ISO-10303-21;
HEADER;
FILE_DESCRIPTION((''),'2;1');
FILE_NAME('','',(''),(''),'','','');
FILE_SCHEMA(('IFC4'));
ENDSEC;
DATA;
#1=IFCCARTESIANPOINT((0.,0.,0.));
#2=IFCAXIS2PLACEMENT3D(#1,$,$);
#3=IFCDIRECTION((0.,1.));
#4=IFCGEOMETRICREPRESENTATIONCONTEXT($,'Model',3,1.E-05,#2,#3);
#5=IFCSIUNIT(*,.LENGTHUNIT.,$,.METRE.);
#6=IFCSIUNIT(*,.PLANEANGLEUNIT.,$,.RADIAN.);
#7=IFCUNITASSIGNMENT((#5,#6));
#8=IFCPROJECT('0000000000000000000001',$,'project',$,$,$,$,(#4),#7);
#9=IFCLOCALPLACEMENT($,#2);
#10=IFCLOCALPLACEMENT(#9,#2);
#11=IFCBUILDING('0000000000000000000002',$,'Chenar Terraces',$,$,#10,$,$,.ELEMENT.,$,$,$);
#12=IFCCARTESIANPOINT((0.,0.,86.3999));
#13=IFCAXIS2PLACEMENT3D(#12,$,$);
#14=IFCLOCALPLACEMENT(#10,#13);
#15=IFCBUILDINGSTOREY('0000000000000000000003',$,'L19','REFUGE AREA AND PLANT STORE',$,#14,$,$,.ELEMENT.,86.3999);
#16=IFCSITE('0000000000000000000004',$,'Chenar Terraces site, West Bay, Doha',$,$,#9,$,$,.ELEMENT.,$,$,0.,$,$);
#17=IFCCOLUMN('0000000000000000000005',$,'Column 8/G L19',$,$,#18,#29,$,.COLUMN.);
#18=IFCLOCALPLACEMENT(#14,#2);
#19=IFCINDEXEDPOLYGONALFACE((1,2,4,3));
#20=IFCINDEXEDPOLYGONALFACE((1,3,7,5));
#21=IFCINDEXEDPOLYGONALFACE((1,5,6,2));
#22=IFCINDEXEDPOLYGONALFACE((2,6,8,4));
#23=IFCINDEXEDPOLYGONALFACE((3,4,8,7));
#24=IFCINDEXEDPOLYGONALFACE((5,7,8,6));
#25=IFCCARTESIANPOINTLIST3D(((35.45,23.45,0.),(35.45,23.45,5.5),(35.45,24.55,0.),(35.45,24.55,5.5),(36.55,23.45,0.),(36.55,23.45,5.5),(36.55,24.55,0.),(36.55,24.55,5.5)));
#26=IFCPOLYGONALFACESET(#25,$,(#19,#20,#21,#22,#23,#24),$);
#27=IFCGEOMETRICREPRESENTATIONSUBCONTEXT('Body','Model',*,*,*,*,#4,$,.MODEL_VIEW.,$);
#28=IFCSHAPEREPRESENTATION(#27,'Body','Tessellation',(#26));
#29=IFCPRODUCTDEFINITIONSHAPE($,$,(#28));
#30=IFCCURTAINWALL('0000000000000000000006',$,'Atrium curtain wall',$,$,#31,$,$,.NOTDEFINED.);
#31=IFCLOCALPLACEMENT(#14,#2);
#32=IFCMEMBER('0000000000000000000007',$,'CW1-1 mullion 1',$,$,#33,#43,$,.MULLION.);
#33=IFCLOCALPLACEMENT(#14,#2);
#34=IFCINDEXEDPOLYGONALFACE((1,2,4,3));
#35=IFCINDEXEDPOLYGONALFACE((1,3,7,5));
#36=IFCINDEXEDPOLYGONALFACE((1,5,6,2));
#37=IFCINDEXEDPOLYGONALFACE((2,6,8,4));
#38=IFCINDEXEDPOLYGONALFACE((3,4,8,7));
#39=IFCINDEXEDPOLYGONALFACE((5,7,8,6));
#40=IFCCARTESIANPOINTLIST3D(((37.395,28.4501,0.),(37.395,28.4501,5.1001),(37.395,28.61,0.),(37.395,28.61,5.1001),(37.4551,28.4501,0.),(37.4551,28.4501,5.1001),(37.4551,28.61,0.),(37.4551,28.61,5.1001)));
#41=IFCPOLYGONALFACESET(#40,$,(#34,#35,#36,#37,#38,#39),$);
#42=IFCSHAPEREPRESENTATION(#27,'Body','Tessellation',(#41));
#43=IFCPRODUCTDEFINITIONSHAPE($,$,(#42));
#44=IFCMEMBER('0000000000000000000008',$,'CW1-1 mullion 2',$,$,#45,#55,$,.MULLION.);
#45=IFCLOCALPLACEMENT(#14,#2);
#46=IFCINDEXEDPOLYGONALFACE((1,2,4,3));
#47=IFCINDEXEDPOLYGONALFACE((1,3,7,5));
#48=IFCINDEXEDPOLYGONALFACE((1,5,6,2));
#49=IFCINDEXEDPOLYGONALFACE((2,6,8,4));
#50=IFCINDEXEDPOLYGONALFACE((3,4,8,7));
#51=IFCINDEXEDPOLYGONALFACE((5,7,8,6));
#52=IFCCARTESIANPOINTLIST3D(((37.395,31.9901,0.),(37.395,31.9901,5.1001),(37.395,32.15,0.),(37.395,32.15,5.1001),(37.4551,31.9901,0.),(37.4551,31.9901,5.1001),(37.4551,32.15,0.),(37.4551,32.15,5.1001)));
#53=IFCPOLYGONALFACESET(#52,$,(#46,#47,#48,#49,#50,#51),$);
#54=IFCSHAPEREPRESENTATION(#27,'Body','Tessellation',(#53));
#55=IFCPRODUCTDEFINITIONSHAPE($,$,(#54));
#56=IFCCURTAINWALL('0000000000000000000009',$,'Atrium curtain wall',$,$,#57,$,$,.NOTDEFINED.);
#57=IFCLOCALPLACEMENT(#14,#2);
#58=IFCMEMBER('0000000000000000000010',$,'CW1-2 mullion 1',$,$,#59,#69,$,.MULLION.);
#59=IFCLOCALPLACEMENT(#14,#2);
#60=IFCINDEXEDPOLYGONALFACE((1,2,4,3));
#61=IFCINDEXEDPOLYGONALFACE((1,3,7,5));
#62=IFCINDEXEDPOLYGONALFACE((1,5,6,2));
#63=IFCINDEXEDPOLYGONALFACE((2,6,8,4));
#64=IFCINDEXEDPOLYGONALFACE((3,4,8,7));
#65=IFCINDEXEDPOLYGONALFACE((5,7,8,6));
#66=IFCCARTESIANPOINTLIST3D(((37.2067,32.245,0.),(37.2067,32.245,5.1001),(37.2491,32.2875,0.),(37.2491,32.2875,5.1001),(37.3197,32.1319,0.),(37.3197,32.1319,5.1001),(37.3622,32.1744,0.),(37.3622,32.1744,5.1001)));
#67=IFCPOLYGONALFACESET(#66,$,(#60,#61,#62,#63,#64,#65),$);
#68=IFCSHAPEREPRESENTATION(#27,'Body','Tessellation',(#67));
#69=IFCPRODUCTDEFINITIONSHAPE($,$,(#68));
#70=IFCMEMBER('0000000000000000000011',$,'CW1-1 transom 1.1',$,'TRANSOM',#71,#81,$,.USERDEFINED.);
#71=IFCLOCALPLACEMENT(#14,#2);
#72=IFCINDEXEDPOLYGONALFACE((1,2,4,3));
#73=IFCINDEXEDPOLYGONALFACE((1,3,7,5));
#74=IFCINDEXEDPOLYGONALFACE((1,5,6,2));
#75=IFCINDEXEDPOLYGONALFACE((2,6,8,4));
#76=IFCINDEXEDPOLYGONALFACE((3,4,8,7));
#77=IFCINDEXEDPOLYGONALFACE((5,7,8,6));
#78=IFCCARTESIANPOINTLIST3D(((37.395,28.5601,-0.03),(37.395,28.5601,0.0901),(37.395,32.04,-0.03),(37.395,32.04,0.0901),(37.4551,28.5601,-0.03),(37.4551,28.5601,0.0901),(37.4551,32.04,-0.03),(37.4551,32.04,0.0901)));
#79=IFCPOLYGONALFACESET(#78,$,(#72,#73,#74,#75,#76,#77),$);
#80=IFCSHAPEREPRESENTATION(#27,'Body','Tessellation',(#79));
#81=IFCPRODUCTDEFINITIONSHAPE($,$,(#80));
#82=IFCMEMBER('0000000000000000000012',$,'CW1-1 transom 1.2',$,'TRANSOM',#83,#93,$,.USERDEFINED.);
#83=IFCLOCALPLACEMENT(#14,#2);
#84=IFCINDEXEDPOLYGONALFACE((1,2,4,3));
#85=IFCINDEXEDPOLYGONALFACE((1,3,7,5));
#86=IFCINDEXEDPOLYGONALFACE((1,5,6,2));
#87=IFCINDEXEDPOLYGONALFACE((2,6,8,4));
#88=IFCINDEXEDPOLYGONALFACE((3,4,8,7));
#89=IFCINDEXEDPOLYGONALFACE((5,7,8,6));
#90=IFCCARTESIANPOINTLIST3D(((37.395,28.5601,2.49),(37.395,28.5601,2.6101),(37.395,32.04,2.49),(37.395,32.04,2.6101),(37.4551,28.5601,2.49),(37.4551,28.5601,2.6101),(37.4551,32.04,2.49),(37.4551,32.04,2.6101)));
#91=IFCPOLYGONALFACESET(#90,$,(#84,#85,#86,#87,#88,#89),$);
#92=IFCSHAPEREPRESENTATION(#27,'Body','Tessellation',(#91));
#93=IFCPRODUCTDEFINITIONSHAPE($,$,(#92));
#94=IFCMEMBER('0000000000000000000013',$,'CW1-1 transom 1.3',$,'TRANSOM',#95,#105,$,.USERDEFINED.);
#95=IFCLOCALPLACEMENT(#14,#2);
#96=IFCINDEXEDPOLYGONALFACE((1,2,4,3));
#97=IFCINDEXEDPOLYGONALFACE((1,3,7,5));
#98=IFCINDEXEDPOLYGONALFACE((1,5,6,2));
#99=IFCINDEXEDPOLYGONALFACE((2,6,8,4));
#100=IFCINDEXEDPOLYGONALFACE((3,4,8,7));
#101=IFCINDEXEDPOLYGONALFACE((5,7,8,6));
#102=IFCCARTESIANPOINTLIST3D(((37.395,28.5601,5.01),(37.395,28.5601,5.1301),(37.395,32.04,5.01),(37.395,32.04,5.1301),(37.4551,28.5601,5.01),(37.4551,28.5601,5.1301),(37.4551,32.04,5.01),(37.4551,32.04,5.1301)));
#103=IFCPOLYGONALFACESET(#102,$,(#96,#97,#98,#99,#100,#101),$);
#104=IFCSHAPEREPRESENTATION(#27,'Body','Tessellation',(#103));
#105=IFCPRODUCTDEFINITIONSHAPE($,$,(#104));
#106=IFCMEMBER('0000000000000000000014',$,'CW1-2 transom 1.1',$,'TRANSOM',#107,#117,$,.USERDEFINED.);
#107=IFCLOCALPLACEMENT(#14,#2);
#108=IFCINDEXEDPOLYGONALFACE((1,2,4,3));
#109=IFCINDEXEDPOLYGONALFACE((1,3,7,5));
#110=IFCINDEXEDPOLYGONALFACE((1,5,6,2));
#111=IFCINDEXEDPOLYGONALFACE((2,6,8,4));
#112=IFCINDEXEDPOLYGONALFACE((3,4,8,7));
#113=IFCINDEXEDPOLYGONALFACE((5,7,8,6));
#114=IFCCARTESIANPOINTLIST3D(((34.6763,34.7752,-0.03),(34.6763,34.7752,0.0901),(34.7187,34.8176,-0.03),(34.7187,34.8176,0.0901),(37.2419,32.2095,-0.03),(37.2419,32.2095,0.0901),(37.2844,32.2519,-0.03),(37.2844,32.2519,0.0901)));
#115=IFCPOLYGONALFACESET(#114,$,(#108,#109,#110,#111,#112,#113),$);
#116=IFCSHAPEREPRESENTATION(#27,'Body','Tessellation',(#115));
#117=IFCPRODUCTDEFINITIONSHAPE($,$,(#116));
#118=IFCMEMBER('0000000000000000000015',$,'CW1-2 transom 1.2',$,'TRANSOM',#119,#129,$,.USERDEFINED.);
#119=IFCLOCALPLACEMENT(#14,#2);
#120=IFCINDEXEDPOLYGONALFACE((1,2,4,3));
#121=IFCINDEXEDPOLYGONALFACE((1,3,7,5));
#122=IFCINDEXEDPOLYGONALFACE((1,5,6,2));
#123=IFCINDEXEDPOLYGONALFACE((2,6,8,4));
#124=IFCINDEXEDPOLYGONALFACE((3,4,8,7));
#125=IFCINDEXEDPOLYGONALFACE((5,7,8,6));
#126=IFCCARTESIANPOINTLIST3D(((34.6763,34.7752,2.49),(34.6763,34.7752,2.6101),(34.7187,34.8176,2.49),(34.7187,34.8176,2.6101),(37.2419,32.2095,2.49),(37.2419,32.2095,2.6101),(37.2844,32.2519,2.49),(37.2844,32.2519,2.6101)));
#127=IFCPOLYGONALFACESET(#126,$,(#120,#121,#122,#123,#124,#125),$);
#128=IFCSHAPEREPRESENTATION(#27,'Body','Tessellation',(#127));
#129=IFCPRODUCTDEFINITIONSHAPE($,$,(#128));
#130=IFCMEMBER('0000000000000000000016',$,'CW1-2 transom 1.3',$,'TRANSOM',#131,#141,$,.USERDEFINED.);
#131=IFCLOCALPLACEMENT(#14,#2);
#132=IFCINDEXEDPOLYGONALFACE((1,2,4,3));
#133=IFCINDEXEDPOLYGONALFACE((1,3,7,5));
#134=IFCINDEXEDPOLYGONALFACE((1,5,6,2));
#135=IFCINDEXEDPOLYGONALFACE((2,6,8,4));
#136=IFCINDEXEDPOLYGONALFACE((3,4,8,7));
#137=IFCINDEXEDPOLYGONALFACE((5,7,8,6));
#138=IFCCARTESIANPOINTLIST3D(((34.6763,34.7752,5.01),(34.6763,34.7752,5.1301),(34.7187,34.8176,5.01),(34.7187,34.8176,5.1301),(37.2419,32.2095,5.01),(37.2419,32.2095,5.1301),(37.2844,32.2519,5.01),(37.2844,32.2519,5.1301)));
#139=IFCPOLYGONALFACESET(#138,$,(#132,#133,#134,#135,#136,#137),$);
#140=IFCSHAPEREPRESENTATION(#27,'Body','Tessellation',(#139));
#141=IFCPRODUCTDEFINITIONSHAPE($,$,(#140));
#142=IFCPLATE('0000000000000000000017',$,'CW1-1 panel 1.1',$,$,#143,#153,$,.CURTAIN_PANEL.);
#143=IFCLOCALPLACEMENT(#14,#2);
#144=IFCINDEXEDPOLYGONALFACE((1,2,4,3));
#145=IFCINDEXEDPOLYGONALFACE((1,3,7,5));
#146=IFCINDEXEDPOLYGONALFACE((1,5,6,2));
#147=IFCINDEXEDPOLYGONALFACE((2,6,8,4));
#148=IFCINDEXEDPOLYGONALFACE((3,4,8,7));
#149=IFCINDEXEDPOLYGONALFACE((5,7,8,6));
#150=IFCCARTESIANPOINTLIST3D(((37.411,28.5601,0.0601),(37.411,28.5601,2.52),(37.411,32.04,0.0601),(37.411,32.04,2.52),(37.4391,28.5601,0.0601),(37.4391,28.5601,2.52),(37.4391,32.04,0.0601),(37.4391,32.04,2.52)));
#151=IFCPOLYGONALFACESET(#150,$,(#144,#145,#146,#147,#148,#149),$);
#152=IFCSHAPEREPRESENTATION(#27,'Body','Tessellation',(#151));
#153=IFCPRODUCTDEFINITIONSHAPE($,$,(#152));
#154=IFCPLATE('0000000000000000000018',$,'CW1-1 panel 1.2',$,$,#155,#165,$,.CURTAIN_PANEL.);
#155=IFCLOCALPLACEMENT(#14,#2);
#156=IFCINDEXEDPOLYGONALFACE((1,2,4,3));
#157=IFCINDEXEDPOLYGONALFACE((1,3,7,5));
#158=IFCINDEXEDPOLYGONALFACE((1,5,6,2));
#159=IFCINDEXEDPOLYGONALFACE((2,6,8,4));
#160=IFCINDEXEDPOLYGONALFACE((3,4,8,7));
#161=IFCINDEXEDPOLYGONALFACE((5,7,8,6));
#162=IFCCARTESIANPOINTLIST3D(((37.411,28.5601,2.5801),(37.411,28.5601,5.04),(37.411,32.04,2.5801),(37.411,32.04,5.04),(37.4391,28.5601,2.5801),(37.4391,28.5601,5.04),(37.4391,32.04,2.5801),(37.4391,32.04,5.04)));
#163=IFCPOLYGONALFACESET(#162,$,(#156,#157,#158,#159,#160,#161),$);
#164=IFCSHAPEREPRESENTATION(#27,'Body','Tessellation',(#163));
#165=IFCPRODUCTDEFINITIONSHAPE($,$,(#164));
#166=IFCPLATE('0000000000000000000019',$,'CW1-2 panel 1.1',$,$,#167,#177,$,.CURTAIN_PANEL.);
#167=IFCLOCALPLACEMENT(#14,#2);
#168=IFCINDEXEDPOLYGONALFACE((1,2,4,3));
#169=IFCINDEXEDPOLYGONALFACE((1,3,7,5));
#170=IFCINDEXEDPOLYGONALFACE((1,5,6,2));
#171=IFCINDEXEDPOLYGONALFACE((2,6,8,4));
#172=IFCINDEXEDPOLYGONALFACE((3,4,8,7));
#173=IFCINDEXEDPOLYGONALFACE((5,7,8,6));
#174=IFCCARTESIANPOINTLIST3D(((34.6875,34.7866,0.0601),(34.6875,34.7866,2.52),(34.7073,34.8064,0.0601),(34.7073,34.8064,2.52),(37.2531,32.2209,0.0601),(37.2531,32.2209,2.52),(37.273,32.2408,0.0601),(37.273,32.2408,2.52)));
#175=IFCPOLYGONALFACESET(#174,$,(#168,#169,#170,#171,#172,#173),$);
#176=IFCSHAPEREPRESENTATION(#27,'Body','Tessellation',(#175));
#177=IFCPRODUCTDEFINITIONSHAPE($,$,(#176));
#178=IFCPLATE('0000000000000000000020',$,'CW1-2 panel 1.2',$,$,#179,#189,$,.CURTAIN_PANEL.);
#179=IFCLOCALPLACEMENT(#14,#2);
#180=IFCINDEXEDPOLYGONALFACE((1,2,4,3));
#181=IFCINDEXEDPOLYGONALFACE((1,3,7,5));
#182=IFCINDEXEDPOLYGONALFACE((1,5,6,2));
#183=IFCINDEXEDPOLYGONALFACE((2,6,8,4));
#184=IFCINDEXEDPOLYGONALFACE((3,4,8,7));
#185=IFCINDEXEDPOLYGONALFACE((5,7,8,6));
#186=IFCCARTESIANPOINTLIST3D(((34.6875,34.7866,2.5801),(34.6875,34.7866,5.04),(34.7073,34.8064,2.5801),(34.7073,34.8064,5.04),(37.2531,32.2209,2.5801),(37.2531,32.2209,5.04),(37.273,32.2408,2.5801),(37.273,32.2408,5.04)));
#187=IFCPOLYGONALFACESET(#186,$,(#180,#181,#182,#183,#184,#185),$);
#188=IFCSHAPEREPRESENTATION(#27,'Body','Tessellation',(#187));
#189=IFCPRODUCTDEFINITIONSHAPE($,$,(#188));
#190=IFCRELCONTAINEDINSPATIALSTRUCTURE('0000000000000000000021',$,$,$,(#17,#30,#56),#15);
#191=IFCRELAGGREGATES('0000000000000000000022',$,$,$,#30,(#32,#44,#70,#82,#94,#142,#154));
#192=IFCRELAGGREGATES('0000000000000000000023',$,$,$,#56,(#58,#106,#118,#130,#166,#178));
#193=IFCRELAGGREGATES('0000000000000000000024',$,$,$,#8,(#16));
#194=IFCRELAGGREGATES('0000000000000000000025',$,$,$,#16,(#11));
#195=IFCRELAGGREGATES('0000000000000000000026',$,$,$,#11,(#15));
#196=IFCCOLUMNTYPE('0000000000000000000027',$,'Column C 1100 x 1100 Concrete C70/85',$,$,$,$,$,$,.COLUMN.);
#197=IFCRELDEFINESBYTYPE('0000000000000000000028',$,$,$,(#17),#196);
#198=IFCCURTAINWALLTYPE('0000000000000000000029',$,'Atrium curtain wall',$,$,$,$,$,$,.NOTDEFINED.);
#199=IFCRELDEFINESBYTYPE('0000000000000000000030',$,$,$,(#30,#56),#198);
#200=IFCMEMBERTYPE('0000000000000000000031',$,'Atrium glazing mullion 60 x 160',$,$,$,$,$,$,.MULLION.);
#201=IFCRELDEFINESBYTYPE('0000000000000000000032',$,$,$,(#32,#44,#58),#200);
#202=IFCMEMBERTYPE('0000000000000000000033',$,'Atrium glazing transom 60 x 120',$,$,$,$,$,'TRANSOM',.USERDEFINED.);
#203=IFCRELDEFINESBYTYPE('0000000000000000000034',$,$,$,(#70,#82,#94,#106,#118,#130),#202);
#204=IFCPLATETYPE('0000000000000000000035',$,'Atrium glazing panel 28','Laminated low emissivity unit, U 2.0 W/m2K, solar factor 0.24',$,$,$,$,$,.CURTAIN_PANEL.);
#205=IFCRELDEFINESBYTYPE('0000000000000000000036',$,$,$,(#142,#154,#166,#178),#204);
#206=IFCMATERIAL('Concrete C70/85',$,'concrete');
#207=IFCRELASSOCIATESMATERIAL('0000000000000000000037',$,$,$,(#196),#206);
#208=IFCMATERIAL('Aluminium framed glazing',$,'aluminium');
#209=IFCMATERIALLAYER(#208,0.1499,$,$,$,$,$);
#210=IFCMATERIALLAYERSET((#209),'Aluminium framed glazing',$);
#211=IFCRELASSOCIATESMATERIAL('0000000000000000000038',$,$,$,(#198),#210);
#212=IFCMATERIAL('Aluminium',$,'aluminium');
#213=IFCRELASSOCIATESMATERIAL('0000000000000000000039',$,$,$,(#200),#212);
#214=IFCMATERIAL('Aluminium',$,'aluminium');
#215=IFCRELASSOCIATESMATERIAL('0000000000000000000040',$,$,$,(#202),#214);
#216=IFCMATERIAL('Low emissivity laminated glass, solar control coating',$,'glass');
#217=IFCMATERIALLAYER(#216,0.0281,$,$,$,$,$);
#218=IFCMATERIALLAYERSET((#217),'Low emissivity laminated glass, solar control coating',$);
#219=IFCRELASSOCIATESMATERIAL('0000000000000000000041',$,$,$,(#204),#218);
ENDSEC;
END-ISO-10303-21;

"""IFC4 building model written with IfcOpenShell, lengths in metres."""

from ifc_helpers import new_model, si_unit, direction, frame, origin, origin_2d, place, context, subcontext, project, spatial, rectangle, extrude, material, layer, layer_set, material_profile, profile_set, type_object, element, aggregate, save


model = new_model("IFC4")

# Units and contexts
model_context = context("Model", 3, precision=1e-05, world=origin(), true_north=direction((0.0, 1.0)))
body_context = subcontext(model_context, "Body", "Model", "MODEL_VIEW")
ifc_project = project(units=[si_unit("LENGTHUNIT", "METRE"), si_unit("PLANEANGLEUNIT", "RADIAN")], contexts=[model_context])

# Site, building, storey
site_placement = place(None, origin())
site = spatial("IfcSite", under=ifc_project, at=site_placement, Name="Chenar Terraces site, West Bay, Doha", CompositionType="ELEMENT", RefElevation=0.0)
building_placement = place(site_placement, origin())
building = spatial("IfcBuilding", under=site, at=building_placement, Name="Chenar Terraces", CompositionType="ELEMENT")
storey_placement = place(building_placement, frame((0.0, 0.0, 86.3999)))
storey = spatial("IfcBuildingStorey", under=building, at=storey_placement, Name="L19", Description="REFUGE AREA AND PLANT STORE", CompositionType="ELEMENT", Elevation=86.3999)

# Column
ifc_material_1 = material(Name="Concrete C70/85", Category="concrete")
ifc_material_profile_1 = material_profile(ifc_material_1, rectangle(XDim=1.1001, YDim=1.1001, at=origin_2d()), Name="C 1100 x 1100")
ifc_profile_set_1 = profile_set([ifc_material_profile_1], Name="Concrete C70/85")
column_type = type_object("IfcColumnType", Name="Column C 1100 x 1100 Concrete C70/85", PredefinedType="COLUMN", material=ifc_profile_set_1)
column_placement = place(storey_placement, frame((36.0, 24.0, 0.0), z_axis=(0.0, 0.0, 1.0), x_axis=(1.0, 0.0, 0.0)))
element("IfcColumn", 1, at=column_placement, inside=storey, type_object=column_type, Name="Column 8/G L19", PredefinedType="COLUMN", context=body_context, shape_type="SweptSolid", body=[
    extrude(rectangle(XDim=1.1001, YDim=1.1001, at=origin_2d()), origin(), (0.0, 0.0, 1.0), 5.5),
])

# Curtain wall, members
ifc_material_2 = material(Name="Aluminium framed glazing", Category="aluminium")
ifc_layer_1 = layer(ifc_material_2, 0.1499)
ifc_layer_set_1 = layer_set([ifc_layer_1], Name="Aluminium framed glazing")
curtain_wall_type = type_object("IfcCurtainWallType", Name="Atrium curtain wall", PredefinedType="NOTDEFINED", material=ifc_layer_set_1)
placement = place(storey_placement, origin())
curtain_wall_1 = element("IfcCurtainWall", 2, at=placement, inside=storey, type_object=curtain_wall_type, Name="Atrium curtain wall", PredefinedType="NOTDEFINED")
ifc_material_3 = material(Name="Aluminium", Category="aluminium")
ifc_material_profile_2 = material_profile(ifc_material_3, rectangle(XDim=0.0601, YDim=0.1599, at=origin_2d()), Name="Atrium glazing mullion 60 x 160")
ifc_profile_set_2 = profile_set([ifc_material_profile_2], Name="Aluminium")
member_type_1 = type_object("IfcMemberType", Name="Atrium glazing mullion 60 x 160", PredefinedType="MULLION", material=ifc_profile_set_2)
member_1_placement = place(storey_placement, frame((37.425, 28.53, 0.0), z_axis=(0.0, 0.0, 1.0), x_axis=(-1.0, 0.0, 0.0)))
member_1 = element("IfcMember", 3, at=member_1_placement, type_object=member_type_1, Name="CW1-1 mullion 1", PredefinedType="MULLION", context=body_context, shape_type="SweptSolid", body=[
    extrude(rectangle(XDim=0.0601, YDim=0.1599, at=origin_2d()), origin(), (0.0, 0.0, 1.0), 5.1001),
])
member_2_placement = place(storey_placement, frame((37.425, 32.0701, 0.0), z_axis=(0.0, 0.0, 1.0), x_axis=(-1.0, 0.0, 0.0)))
member_2 = element("IfcMember", 4, at=member_2_placement, type_object=member_type_1, Name="CW1-1 mullion 2", PredefinedType="MULLION", context=body_context, shape_type="SweptSolid", body=[
    extrude(rectangle(XDim=0.0601, YDim=0.1599, at=origin_2d()), origin(), (0.0, 0.0, 1.0), 5.1001),
])

# Curtain wall, member
curtain_wall_2 = element("IfcCurtainWall", 5, at=placement, inside=storey, type_object=curtain_wall_type, Name="Atrium curtain wall", PredefinedType="NOTDEFINED")
member_3_placement = place(storey_placement, frame((37.2844, 32.2097, 0.0), z_axis=(0.0, 0.0, 1.0), x_axis=(-0.707107, -0.707107, 0.0)))
member_3 = element("IfcMember", 6, at=member_3_placement, type_object=member_type_1, Name="CW1-2 mullion 1", PredefinedType="MULLION", context=body_context, shape_type="SweptSolid", body=[
    extrude(rectangle(XDim=0.0601, YDim=0.1599, at=origin_2d()), origin(), (0.0, 0.0, 1.0), 5.1001),
])

# Members
ifc_material_4 = material(Name="Aluminium", Category="aluminium")
ifc_material_profile_3 = material_profile(ifc_material_4, rectangle(XDim=0.0601, YDim=0.1201, at=origin_2d()), Name="Atrium glazing transom 60 x 120")
ifc_profile_set_3 = profile_set([ifc_material_profile_3], Name="Aluminium")
member_type_2 = type_object("IfcMemberType", Name="Atrium glazing transom 60 x 120", ElementType="TRANSOM", PredefinedType="USERDEFINED", material=ifc_profile_set_3)
member_4_placement = place(storey_placement, frame((37.425, 28.5601, 0.03), z_axis=(0.0, 1.0, 0.0), x_axis=(-1.0, 0.0, 0.0)))
member_4 = element("IfcMember", 7, at=member_4_placement, type_object=member_type_2, Name="CW1-1 transom 1.1", ObjectType="TRANSOM", PredefinedType="USERDEFINED", context=body_context, shape_type="SweptSolid", body=[
    extrude(rectangle(XDim=0.0601, YDim=0.1201, at=origin_2d()), origin(), (0.0, 0.0, 1.0), 3.48),
])
member_5_placement = place(storey_placement, frame((37.425, 28.5601, 2.55), z_axis=(0.0, 1.0, 0.0), x_axis=(-1.0, 0.0, 0.0)))
member_5 = element("IfcMember", 8, at=member_5_placement, type_object=member_type_2, Name="CW1-1 transom 1.2", ObjectType="TRANSOM", PredefinedType="USERDEFINED", context=body_context, shape_type="SweptSolid", body=[
    extrude(rectangle(XDim=0.0601, YDim=0.1201, at=origin_2d()), origin(), (0.0, 0.0, 1.0), 3.48),
])
member_6_placement = place(storey_placement, frame((37.425, 28.5601, 5.0701), z_axis=(0.0, 1.0, 0.0), x_axis=(-1.0, 0.0, 0.0)))
member_6 = element("IfcMember", 9, at=member_6_placement, type_object=member_type_2, Name="CW1-1 transom 1.3", ObjectType="TRANSOM", PredefinedType="USERDEFINED", context=body_context, shape_type="SweptSolid", body=[
    extrude(rectangle(XDim=0.0601, YDim=0.1201, at=origin_2d()), origin(), (0.0, 0.0, 1.0), 3.48),
])
member_7_placement = place(storey_placement, frame((37.2632, 32.2307, 0.03), z_axis=(-0.707107, 0.707107, 0.0), x_axis=(-0.707107, -0.707107, 0.0)))
member_7 = element("IfcMember", 10, at=member_7_placement, type_object=member_type_2, Name="CW1-2 transom 1.1", ObjectType="TRANSOM", PredefinedType="USERDEFINED", context=body_context, shape_type="SweptSolid", body=[
    extrude(rectangle(XDim=0.0601, YDim=0.1201, at=origin_2d()), origin(), (0.0, 0.0, 1.0), 3.6284),
])
member_8_placement = place(storey_placement, frame((37.2632, 32.2307, 2.55), z_axis=(-0.707107, 0.707107, 0.0), x_axis=(-0.707107, -0.707107, 0.0)))
member_8 = element("IfcMember", 11, at=member_8_placement, type_object=member_type_2, Name="CW1-2 transom 1.2", ObjectType="TRANSOM", PredefinedType="USERDEFINED", context=body_context, shape_type="SweptSolid", body=[
    extrude(rectangle(XDim=0.0601, YDim=0.1201, at=origin_2d()), origin(), (0.0, 0.0, 1.0), 3.6284),
])
member_9_placement = place(storey_placement, frame((37.2632, 32.2307, 5.0701), z_axis=(-0.707107, 0.707107, 0.0), x_axis=(-0.707107, -0.707107, 0.0)))
member_9 = element("IfcMember", 12, at=member_9_placement, type_object=member_type_2, Name="CW1-2 transom 1.3", ObjectType="TRANSOM", PredefinedType="USERDEFINED", context=body_context, shape_type="SweptSolid", body=[
    extrude(rectangle(XDim=0.0601, YDim=0.1201, at=origin_2d()), origin(), (0.0, 0.0, 1.0), 3.6284),
])

# Plates
ifc_material_5 = material(Name="Low emissivity laminated glass, solar control coating", Category="glass")
ifc_layer_2 = layer(ifc_material_5, 0.0281)
ifc_layer_set_2 = layer_set([ifc_layer_2], Name="Low emissivity laminated glass, solar control coating")
plate_type = type_object("IfcPlateType", Name="Atrium glazing panel 28", Description="Laminated low emissivity unit, U 2.0 W/m2K, solar factor 0.24", PredefinedType="CURTAIN_PANEL", material=ifc_layer_set_2)
plate_1_placement = place(storey_placement, frame((37.425, 30.3, 0.0601), z_axis=(0.0, 0.0, 1.0), x_axis=(0.0, 1.0, 0.0)))
plate_1 = element("IfcPlate", 13, at=plate_1_placement, type_object=plate_type, Name="CW1-1 panel 1.1", PredefinedType="CURTAIN_PANEL", context=body_context, shape_type="SweptSolid", body=[
    extrude(rectangle(XDim=3.48, YDim=0.0281, at=origin_2d()), origin(), (0.0, 0.0, 1.0), 2.46),
])
plate_2_placement = place(storey_placement, frame((37.425, 30.3, 2.5801), z_axis=(0.0, 0.0, 1.0), x_axis=(0.0, 1.0, 0.0)))
plate_2 = element("IfcPlate", 14, at=plate_2_placement, type_object=plate_type, Name="CW1-1 panel 1.2", PredefinedType="CURTAIN_PANEL", context=body_context, shape_type="SweptSolid", body=[
    extrude(rectangle(XDim=3.48, YDim=0.0281, at=origin_2d()), origin(), (0.0, 0.0, 1.0), 2.46),
])
aggregate(curtain_wall_1, [member_1, member_2, member_4, member_5, member_6, plate_1, plate_2])
plate_3_placement = place(storey_placement, frame((35.9802, 33.5137, 0.0601), z_axis=(0.0, 0.0, 1.0), x_axis=(-0.707107, 0.707107, 0.0)))
plate_3 = element("IfcPlate", 15, at=plate_3_placement, type_object=plate_type, Name="CW1-2 panel 1.1", PredefinedType="CURTAIN_PANEL", context=body_context, shape_type="SweptSolid", body=[
    extrude(rectangle(XDim=3.6284, YDim=0.0281, at=origin_2d()), origin(), (0.0, 0.0, 1.0), 2.46),
])
plate_4_placement = place(storey_placement, frame((35.9802, 33.5137, 2.5801), z_axis=(0.0, 0.0, 1.0), x_axis=(-0.707107, 0.707107, 0.0)))
plate_4 = element("IfcPlate", 16, at=plate_4_placement, type_object=plate_type, Name="CW1-2 panel 1.2", PredefinedType="CURTAIN_PANEL", context=body_context, shape_type="SweptSolid", body=[
    extrude(rectangle(XDim=3.6284, YDim=0.0281, at=origin_2d()), origin(), (0.0, 0.0, 1.0), 2.46),
])
aggregate(curtain_wall_2, [member_3, member_7, member_8, member_9, plate_3, plate_4])

save(model, "model.ifc")
